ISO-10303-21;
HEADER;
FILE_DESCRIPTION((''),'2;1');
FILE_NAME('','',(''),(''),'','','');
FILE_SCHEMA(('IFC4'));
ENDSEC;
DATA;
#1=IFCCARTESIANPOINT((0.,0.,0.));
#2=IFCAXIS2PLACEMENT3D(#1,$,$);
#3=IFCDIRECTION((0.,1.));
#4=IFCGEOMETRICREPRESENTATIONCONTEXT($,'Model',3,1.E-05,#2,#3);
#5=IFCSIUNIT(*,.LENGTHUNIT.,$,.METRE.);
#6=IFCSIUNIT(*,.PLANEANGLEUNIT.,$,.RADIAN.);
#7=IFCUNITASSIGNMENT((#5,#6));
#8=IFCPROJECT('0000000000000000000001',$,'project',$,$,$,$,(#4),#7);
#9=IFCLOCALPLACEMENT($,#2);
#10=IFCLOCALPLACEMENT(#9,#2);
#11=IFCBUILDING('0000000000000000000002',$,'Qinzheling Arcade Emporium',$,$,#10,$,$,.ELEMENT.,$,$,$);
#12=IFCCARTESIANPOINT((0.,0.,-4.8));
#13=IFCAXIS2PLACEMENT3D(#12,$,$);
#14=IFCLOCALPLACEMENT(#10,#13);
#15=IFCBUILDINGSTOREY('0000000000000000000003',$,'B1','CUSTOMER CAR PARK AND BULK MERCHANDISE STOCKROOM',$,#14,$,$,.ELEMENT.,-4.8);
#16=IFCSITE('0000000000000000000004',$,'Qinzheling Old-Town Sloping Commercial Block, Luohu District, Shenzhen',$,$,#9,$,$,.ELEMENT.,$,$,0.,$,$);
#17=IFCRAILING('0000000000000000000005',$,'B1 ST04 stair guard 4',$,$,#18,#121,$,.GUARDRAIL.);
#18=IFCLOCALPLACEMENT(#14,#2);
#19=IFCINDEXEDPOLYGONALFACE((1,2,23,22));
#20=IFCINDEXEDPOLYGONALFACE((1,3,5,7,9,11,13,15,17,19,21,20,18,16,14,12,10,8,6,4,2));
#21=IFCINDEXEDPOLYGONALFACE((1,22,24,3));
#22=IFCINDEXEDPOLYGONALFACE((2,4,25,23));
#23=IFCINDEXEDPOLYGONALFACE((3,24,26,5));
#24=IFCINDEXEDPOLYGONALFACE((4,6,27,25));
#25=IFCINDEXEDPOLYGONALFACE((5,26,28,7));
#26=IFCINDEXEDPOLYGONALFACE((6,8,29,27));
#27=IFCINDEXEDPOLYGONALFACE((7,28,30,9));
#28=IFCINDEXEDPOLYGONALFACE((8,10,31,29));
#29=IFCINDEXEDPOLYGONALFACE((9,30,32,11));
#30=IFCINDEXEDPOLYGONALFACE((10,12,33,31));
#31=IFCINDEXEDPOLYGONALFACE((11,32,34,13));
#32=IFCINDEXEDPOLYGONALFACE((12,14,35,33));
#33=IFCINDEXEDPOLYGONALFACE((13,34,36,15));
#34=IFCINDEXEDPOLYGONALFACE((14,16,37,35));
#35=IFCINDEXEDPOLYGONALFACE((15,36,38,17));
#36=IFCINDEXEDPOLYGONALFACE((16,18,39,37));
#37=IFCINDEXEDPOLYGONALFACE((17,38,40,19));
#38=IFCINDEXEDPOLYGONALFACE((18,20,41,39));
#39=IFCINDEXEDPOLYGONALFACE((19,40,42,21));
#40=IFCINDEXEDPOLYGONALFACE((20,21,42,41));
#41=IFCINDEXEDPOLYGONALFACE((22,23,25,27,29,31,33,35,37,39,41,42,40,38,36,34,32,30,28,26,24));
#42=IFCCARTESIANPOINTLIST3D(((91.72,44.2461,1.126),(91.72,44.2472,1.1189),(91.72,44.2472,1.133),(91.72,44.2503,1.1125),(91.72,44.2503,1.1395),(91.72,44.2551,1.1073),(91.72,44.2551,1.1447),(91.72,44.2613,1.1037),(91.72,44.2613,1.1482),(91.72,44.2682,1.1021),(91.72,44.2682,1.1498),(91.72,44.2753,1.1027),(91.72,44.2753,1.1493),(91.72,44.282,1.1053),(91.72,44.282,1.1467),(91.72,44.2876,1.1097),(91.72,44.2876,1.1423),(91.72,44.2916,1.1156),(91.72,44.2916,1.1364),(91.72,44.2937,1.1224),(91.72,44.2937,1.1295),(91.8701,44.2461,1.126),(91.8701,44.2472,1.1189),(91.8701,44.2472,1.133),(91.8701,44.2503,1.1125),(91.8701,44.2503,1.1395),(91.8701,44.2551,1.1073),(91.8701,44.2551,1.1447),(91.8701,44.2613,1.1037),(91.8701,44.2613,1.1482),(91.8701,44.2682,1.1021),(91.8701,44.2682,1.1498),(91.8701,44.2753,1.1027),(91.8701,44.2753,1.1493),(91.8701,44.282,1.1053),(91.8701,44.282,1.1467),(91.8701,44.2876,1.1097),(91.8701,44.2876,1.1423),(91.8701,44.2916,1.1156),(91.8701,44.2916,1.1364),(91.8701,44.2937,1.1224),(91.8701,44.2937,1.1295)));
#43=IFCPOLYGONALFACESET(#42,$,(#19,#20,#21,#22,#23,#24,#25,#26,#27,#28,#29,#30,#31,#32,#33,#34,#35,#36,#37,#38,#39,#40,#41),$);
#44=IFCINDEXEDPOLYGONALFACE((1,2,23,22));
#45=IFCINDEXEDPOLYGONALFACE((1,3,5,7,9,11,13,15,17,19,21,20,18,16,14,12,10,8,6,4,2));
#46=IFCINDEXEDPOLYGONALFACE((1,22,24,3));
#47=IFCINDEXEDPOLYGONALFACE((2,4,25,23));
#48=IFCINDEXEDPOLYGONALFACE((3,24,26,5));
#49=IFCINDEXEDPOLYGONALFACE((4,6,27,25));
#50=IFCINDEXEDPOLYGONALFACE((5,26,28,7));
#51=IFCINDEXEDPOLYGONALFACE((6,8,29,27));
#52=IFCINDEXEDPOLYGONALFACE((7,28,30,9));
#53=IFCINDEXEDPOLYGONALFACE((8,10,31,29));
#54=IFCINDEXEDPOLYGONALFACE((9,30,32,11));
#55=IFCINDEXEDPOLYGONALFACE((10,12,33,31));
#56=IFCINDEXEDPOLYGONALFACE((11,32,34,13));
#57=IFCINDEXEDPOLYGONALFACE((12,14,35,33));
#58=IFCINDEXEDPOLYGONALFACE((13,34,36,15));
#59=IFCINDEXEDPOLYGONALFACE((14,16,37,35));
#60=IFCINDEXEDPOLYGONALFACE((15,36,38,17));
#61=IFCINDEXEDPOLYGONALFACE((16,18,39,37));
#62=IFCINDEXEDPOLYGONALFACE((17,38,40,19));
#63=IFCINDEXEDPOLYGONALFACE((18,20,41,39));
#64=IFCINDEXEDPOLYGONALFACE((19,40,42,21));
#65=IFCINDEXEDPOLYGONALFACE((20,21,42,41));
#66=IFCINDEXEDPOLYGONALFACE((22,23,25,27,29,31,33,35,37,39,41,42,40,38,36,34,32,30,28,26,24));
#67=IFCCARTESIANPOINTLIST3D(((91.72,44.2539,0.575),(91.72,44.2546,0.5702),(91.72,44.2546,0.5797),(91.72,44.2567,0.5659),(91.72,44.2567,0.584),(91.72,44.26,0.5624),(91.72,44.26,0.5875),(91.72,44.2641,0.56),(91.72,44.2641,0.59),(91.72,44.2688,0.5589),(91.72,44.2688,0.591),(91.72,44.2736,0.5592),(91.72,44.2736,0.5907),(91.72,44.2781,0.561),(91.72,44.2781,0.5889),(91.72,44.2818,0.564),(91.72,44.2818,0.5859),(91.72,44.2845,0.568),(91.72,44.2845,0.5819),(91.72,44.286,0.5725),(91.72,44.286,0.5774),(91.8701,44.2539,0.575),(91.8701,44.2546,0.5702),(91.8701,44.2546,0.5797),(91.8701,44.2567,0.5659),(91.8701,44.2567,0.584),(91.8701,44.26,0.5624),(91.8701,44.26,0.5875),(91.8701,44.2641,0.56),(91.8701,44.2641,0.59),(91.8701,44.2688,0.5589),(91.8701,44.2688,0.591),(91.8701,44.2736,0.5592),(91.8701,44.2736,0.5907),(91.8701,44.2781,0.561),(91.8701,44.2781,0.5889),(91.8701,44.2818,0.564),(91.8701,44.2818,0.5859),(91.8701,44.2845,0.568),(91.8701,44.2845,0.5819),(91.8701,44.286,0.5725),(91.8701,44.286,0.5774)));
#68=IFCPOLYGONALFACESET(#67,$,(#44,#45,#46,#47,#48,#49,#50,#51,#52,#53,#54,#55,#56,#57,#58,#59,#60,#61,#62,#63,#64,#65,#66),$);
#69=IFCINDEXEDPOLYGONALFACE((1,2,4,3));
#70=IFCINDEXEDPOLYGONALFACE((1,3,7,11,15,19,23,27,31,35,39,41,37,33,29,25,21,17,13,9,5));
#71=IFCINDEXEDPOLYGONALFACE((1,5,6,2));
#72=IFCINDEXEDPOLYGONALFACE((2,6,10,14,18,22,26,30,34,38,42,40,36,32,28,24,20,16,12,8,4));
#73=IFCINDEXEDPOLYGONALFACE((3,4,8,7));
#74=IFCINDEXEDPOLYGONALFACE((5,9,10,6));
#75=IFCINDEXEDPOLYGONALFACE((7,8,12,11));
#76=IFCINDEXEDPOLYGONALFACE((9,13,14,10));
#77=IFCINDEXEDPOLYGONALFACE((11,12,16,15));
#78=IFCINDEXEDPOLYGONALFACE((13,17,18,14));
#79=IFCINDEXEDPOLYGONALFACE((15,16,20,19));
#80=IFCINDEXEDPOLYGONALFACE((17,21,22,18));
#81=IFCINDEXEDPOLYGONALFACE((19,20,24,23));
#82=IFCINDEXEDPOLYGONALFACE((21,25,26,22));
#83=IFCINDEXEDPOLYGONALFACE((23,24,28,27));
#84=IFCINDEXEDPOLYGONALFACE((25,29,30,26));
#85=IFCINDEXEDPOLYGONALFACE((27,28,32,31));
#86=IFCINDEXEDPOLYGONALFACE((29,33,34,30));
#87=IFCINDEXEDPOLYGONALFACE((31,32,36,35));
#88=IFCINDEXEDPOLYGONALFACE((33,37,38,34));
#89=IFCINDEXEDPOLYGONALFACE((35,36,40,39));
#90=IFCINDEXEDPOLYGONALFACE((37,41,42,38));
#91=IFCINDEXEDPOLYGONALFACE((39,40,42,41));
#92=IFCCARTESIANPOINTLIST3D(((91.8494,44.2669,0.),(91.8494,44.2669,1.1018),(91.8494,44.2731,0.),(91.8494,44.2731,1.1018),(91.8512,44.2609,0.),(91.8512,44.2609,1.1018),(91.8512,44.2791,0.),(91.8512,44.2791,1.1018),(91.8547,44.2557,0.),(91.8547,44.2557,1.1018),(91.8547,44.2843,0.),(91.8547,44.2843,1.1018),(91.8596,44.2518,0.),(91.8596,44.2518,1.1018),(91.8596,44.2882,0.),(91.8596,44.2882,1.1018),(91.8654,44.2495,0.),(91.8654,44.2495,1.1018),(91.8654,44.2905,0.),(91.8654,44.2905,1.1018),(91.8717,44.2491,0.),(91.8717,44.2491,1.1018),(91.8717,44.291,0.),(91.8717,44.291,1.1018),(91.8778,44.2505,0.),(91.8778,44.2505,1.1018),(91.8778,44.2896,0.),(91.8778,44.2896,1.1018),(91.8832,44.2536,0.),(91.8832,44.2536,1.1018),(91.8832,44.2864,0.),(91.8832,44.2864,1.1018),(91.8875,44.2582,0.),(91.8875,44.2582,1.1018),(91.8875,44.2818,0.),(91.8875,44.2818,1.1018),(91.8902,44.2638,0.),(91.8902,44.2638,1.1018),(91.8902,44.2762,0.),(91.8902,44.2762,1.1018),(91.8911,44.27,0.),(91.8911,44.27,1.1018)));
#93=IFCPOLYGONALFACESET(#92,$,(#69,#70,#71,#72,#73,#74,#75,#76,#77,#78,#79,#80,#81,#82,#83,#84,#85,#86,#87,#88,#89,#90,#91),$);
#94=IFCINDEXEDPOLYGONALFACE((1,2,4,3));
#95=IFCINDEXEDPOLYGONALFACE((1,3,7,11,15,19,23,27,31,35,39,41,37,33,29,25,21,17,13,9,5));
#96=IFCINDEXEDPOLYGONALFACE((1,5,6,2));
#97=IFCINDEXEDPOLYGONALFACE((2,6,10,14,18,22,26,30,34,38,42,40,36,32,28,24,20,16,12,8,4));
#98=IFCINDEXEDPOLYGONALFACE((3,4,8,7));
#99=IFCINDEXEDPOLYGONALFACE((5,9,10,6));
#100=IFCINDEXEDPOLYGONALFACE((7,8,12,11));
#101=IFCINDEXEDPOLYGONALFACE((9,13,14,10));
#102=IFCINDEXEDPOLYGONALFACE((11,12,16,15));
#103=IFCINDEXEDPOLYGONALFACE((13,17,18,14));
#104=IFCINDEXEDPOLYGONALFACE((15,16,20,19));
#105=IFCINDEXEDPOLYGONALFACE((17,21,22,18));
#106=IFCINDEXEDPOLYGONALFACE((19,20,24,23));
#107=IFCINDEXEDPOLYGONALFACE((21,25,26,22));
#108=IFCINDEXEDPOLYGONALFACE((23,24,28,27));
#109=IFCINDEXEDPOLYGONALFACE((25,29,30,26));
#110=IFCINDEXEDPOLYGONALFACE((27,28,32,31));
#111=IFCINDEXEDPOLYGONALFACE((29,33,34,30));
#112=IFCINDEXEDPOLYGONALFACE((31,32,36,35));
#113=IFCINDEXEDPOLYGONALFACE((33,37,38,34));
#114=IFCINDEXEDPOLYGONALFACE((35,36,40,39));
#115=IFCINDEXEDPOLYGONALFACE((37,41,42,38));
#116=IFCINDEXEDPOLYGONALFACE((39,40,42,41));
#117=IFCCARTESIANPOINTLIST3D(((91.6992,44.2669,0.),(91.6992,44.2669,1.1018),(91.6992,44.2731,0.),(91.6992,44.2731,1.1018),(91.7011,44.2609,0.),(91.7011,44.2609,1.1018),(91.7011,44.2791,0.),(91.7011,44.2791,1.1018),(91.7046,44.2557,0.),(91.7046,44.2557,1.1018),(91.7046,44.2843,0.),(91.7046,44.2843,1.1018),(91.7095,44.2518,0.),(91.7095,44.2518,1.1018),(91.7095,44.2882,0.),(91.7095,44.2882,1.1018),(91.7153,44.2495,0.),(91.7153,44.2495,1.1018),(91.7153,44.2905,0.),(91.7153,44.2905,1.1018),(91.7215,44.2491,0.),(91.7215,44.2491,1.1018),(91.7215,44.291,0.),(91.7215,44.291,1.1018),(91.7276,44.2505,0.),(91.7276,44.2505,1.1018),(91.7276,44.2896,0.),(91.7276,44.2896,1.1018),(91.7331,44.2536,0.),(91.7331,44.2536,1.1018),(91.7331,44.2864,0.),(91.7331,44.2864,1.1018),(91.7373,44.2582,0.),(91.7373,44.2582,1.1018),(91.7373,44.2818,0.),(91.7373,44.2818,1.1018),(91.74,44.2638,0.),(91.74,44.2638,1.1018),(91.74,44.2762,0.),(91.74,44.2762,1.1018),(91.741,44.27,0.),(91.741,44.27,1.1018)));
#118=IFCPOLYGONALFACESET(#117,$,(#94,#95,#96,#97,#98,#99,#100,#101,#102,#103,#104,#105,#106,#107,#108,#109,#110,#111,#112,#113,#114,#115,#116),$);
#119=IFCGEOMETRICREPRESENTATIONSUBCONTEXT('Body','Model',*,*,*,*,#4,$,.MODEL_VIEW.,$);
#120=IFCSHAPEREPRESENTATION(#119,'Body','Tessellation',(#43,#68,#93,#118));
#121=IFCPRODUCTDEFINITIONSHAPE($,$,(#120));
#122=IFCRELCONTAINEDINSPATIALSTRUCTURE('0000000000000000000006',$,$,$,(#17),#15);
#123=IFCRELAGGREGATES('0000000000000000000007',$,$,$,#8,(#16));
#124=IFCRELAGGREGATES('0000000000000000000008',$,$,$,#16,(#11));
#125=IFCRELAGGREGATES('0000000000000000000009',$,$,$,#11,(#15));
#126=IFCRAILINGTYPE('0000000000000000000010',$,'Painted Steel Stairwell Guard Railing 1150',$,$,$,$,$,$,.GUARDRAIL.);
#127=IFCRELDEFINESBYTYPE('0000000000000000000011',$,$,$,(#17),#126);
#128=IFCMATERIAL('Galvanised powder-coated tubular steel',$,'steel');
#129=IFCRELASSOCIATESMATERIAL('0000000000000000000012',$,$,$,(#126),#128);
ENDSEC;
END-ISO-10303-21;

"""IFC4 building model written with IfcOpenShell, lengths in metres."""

from ifc_helpers import new_model, si_unit, direction, frame, origin, origin_2d, place, context, subcontext, project, spatial, circle, extrude, material, type_object, element, save


model = new_model("IFC4")

# Units and contexts
model_context = context("Model", 3, precision=1e-05, world=origin(), true_north=direction((0.0, 1.0)))
body_context = subcontext(model_context, "Body", "Model", "MODEL_VIEW")
ifc_project = project(units=[si_unit("LENGTHUNIT", "METRE"), si_unit("PLANEANGLEUNIT", "RADIAN")], contexts=[model_context])

# Site, building, storey
site_placement = place(None, origin())
site = spatial("IfcSite", under=ifc_project, at=site_placement, Name="Qinzheling Old-Town Sloping Commercial Block, Luohu District, Shenzhen", CompositionType="ELEMENT", RefElevation=0.0)
building_placement = place(site_placement, origin())
building = spatial("IfcBuilding", under=site, at=building_placement, Name="Qinzheling Arcade Emporium", CompositionType="ELEMENT")
storey_placement = place(building_placement, frame((0.0, 0.0, -4.8)))
storey = spatial("IfcBuildingStorey", under=building, at=storey_placement, Name="B1", Description="CUSTOMER CAR PARK AND BULK MERCHANDISE STOCKROOM", CompositionType="ELEMENT", Elevation=-4.8)

# Railing
ifc_material_1 = material(Name="Galvanised powder-coated tubular steel", Category="steel")
railing_type_1 = type_object("IfcRailingType", Name="Painted Steel Stairwell Guard Railing 1150", PredefinedType="GUARDRAIL", material=ifc_material_1)
railing_1_placement = place(storey_placement, frame((91.8701, 44.27, 0.0)))
element("IfcRailing", 1, at=railing_1_placement, inside=storey, type_object=railing_type_1, Name="B1 ST04 stair guard 4", PredefinedType="GUARDRAIL", context=body_context, shape_type="SweptSolid", body=[
    extrude(circle(Radius=0.0239, at=origin_2d()), frame((0.0, 0.0, 1.126), z_axis=(-1.0, 0.0, 0.0), x_axis=(0.0, -1.0, 0.0)), (0.0, 0.0, 1.0), 0.1501),
    extrude(circle(Radius=0.0161, at=origin_2d()), frame((0.0, 0.0, 0.575), z_axis=(-1.0, 0.0, 0.0), x_axis=(0.0, -1.0, 0.0)), (0.0, 0.0, 1.0), 0.1501),
    extrude(circle(Radius=0.021, at=origin_2d()), origin(), (0.0, 0.0, 1.0), 1.1018),
    extrude(circle(Radius=0.021, at=origin_2d()), frame((-0.1501, 0.0, 0.0)), (0.0, 0.0, 1.0), 1.1018),
])

save(model, "model.ifc")
